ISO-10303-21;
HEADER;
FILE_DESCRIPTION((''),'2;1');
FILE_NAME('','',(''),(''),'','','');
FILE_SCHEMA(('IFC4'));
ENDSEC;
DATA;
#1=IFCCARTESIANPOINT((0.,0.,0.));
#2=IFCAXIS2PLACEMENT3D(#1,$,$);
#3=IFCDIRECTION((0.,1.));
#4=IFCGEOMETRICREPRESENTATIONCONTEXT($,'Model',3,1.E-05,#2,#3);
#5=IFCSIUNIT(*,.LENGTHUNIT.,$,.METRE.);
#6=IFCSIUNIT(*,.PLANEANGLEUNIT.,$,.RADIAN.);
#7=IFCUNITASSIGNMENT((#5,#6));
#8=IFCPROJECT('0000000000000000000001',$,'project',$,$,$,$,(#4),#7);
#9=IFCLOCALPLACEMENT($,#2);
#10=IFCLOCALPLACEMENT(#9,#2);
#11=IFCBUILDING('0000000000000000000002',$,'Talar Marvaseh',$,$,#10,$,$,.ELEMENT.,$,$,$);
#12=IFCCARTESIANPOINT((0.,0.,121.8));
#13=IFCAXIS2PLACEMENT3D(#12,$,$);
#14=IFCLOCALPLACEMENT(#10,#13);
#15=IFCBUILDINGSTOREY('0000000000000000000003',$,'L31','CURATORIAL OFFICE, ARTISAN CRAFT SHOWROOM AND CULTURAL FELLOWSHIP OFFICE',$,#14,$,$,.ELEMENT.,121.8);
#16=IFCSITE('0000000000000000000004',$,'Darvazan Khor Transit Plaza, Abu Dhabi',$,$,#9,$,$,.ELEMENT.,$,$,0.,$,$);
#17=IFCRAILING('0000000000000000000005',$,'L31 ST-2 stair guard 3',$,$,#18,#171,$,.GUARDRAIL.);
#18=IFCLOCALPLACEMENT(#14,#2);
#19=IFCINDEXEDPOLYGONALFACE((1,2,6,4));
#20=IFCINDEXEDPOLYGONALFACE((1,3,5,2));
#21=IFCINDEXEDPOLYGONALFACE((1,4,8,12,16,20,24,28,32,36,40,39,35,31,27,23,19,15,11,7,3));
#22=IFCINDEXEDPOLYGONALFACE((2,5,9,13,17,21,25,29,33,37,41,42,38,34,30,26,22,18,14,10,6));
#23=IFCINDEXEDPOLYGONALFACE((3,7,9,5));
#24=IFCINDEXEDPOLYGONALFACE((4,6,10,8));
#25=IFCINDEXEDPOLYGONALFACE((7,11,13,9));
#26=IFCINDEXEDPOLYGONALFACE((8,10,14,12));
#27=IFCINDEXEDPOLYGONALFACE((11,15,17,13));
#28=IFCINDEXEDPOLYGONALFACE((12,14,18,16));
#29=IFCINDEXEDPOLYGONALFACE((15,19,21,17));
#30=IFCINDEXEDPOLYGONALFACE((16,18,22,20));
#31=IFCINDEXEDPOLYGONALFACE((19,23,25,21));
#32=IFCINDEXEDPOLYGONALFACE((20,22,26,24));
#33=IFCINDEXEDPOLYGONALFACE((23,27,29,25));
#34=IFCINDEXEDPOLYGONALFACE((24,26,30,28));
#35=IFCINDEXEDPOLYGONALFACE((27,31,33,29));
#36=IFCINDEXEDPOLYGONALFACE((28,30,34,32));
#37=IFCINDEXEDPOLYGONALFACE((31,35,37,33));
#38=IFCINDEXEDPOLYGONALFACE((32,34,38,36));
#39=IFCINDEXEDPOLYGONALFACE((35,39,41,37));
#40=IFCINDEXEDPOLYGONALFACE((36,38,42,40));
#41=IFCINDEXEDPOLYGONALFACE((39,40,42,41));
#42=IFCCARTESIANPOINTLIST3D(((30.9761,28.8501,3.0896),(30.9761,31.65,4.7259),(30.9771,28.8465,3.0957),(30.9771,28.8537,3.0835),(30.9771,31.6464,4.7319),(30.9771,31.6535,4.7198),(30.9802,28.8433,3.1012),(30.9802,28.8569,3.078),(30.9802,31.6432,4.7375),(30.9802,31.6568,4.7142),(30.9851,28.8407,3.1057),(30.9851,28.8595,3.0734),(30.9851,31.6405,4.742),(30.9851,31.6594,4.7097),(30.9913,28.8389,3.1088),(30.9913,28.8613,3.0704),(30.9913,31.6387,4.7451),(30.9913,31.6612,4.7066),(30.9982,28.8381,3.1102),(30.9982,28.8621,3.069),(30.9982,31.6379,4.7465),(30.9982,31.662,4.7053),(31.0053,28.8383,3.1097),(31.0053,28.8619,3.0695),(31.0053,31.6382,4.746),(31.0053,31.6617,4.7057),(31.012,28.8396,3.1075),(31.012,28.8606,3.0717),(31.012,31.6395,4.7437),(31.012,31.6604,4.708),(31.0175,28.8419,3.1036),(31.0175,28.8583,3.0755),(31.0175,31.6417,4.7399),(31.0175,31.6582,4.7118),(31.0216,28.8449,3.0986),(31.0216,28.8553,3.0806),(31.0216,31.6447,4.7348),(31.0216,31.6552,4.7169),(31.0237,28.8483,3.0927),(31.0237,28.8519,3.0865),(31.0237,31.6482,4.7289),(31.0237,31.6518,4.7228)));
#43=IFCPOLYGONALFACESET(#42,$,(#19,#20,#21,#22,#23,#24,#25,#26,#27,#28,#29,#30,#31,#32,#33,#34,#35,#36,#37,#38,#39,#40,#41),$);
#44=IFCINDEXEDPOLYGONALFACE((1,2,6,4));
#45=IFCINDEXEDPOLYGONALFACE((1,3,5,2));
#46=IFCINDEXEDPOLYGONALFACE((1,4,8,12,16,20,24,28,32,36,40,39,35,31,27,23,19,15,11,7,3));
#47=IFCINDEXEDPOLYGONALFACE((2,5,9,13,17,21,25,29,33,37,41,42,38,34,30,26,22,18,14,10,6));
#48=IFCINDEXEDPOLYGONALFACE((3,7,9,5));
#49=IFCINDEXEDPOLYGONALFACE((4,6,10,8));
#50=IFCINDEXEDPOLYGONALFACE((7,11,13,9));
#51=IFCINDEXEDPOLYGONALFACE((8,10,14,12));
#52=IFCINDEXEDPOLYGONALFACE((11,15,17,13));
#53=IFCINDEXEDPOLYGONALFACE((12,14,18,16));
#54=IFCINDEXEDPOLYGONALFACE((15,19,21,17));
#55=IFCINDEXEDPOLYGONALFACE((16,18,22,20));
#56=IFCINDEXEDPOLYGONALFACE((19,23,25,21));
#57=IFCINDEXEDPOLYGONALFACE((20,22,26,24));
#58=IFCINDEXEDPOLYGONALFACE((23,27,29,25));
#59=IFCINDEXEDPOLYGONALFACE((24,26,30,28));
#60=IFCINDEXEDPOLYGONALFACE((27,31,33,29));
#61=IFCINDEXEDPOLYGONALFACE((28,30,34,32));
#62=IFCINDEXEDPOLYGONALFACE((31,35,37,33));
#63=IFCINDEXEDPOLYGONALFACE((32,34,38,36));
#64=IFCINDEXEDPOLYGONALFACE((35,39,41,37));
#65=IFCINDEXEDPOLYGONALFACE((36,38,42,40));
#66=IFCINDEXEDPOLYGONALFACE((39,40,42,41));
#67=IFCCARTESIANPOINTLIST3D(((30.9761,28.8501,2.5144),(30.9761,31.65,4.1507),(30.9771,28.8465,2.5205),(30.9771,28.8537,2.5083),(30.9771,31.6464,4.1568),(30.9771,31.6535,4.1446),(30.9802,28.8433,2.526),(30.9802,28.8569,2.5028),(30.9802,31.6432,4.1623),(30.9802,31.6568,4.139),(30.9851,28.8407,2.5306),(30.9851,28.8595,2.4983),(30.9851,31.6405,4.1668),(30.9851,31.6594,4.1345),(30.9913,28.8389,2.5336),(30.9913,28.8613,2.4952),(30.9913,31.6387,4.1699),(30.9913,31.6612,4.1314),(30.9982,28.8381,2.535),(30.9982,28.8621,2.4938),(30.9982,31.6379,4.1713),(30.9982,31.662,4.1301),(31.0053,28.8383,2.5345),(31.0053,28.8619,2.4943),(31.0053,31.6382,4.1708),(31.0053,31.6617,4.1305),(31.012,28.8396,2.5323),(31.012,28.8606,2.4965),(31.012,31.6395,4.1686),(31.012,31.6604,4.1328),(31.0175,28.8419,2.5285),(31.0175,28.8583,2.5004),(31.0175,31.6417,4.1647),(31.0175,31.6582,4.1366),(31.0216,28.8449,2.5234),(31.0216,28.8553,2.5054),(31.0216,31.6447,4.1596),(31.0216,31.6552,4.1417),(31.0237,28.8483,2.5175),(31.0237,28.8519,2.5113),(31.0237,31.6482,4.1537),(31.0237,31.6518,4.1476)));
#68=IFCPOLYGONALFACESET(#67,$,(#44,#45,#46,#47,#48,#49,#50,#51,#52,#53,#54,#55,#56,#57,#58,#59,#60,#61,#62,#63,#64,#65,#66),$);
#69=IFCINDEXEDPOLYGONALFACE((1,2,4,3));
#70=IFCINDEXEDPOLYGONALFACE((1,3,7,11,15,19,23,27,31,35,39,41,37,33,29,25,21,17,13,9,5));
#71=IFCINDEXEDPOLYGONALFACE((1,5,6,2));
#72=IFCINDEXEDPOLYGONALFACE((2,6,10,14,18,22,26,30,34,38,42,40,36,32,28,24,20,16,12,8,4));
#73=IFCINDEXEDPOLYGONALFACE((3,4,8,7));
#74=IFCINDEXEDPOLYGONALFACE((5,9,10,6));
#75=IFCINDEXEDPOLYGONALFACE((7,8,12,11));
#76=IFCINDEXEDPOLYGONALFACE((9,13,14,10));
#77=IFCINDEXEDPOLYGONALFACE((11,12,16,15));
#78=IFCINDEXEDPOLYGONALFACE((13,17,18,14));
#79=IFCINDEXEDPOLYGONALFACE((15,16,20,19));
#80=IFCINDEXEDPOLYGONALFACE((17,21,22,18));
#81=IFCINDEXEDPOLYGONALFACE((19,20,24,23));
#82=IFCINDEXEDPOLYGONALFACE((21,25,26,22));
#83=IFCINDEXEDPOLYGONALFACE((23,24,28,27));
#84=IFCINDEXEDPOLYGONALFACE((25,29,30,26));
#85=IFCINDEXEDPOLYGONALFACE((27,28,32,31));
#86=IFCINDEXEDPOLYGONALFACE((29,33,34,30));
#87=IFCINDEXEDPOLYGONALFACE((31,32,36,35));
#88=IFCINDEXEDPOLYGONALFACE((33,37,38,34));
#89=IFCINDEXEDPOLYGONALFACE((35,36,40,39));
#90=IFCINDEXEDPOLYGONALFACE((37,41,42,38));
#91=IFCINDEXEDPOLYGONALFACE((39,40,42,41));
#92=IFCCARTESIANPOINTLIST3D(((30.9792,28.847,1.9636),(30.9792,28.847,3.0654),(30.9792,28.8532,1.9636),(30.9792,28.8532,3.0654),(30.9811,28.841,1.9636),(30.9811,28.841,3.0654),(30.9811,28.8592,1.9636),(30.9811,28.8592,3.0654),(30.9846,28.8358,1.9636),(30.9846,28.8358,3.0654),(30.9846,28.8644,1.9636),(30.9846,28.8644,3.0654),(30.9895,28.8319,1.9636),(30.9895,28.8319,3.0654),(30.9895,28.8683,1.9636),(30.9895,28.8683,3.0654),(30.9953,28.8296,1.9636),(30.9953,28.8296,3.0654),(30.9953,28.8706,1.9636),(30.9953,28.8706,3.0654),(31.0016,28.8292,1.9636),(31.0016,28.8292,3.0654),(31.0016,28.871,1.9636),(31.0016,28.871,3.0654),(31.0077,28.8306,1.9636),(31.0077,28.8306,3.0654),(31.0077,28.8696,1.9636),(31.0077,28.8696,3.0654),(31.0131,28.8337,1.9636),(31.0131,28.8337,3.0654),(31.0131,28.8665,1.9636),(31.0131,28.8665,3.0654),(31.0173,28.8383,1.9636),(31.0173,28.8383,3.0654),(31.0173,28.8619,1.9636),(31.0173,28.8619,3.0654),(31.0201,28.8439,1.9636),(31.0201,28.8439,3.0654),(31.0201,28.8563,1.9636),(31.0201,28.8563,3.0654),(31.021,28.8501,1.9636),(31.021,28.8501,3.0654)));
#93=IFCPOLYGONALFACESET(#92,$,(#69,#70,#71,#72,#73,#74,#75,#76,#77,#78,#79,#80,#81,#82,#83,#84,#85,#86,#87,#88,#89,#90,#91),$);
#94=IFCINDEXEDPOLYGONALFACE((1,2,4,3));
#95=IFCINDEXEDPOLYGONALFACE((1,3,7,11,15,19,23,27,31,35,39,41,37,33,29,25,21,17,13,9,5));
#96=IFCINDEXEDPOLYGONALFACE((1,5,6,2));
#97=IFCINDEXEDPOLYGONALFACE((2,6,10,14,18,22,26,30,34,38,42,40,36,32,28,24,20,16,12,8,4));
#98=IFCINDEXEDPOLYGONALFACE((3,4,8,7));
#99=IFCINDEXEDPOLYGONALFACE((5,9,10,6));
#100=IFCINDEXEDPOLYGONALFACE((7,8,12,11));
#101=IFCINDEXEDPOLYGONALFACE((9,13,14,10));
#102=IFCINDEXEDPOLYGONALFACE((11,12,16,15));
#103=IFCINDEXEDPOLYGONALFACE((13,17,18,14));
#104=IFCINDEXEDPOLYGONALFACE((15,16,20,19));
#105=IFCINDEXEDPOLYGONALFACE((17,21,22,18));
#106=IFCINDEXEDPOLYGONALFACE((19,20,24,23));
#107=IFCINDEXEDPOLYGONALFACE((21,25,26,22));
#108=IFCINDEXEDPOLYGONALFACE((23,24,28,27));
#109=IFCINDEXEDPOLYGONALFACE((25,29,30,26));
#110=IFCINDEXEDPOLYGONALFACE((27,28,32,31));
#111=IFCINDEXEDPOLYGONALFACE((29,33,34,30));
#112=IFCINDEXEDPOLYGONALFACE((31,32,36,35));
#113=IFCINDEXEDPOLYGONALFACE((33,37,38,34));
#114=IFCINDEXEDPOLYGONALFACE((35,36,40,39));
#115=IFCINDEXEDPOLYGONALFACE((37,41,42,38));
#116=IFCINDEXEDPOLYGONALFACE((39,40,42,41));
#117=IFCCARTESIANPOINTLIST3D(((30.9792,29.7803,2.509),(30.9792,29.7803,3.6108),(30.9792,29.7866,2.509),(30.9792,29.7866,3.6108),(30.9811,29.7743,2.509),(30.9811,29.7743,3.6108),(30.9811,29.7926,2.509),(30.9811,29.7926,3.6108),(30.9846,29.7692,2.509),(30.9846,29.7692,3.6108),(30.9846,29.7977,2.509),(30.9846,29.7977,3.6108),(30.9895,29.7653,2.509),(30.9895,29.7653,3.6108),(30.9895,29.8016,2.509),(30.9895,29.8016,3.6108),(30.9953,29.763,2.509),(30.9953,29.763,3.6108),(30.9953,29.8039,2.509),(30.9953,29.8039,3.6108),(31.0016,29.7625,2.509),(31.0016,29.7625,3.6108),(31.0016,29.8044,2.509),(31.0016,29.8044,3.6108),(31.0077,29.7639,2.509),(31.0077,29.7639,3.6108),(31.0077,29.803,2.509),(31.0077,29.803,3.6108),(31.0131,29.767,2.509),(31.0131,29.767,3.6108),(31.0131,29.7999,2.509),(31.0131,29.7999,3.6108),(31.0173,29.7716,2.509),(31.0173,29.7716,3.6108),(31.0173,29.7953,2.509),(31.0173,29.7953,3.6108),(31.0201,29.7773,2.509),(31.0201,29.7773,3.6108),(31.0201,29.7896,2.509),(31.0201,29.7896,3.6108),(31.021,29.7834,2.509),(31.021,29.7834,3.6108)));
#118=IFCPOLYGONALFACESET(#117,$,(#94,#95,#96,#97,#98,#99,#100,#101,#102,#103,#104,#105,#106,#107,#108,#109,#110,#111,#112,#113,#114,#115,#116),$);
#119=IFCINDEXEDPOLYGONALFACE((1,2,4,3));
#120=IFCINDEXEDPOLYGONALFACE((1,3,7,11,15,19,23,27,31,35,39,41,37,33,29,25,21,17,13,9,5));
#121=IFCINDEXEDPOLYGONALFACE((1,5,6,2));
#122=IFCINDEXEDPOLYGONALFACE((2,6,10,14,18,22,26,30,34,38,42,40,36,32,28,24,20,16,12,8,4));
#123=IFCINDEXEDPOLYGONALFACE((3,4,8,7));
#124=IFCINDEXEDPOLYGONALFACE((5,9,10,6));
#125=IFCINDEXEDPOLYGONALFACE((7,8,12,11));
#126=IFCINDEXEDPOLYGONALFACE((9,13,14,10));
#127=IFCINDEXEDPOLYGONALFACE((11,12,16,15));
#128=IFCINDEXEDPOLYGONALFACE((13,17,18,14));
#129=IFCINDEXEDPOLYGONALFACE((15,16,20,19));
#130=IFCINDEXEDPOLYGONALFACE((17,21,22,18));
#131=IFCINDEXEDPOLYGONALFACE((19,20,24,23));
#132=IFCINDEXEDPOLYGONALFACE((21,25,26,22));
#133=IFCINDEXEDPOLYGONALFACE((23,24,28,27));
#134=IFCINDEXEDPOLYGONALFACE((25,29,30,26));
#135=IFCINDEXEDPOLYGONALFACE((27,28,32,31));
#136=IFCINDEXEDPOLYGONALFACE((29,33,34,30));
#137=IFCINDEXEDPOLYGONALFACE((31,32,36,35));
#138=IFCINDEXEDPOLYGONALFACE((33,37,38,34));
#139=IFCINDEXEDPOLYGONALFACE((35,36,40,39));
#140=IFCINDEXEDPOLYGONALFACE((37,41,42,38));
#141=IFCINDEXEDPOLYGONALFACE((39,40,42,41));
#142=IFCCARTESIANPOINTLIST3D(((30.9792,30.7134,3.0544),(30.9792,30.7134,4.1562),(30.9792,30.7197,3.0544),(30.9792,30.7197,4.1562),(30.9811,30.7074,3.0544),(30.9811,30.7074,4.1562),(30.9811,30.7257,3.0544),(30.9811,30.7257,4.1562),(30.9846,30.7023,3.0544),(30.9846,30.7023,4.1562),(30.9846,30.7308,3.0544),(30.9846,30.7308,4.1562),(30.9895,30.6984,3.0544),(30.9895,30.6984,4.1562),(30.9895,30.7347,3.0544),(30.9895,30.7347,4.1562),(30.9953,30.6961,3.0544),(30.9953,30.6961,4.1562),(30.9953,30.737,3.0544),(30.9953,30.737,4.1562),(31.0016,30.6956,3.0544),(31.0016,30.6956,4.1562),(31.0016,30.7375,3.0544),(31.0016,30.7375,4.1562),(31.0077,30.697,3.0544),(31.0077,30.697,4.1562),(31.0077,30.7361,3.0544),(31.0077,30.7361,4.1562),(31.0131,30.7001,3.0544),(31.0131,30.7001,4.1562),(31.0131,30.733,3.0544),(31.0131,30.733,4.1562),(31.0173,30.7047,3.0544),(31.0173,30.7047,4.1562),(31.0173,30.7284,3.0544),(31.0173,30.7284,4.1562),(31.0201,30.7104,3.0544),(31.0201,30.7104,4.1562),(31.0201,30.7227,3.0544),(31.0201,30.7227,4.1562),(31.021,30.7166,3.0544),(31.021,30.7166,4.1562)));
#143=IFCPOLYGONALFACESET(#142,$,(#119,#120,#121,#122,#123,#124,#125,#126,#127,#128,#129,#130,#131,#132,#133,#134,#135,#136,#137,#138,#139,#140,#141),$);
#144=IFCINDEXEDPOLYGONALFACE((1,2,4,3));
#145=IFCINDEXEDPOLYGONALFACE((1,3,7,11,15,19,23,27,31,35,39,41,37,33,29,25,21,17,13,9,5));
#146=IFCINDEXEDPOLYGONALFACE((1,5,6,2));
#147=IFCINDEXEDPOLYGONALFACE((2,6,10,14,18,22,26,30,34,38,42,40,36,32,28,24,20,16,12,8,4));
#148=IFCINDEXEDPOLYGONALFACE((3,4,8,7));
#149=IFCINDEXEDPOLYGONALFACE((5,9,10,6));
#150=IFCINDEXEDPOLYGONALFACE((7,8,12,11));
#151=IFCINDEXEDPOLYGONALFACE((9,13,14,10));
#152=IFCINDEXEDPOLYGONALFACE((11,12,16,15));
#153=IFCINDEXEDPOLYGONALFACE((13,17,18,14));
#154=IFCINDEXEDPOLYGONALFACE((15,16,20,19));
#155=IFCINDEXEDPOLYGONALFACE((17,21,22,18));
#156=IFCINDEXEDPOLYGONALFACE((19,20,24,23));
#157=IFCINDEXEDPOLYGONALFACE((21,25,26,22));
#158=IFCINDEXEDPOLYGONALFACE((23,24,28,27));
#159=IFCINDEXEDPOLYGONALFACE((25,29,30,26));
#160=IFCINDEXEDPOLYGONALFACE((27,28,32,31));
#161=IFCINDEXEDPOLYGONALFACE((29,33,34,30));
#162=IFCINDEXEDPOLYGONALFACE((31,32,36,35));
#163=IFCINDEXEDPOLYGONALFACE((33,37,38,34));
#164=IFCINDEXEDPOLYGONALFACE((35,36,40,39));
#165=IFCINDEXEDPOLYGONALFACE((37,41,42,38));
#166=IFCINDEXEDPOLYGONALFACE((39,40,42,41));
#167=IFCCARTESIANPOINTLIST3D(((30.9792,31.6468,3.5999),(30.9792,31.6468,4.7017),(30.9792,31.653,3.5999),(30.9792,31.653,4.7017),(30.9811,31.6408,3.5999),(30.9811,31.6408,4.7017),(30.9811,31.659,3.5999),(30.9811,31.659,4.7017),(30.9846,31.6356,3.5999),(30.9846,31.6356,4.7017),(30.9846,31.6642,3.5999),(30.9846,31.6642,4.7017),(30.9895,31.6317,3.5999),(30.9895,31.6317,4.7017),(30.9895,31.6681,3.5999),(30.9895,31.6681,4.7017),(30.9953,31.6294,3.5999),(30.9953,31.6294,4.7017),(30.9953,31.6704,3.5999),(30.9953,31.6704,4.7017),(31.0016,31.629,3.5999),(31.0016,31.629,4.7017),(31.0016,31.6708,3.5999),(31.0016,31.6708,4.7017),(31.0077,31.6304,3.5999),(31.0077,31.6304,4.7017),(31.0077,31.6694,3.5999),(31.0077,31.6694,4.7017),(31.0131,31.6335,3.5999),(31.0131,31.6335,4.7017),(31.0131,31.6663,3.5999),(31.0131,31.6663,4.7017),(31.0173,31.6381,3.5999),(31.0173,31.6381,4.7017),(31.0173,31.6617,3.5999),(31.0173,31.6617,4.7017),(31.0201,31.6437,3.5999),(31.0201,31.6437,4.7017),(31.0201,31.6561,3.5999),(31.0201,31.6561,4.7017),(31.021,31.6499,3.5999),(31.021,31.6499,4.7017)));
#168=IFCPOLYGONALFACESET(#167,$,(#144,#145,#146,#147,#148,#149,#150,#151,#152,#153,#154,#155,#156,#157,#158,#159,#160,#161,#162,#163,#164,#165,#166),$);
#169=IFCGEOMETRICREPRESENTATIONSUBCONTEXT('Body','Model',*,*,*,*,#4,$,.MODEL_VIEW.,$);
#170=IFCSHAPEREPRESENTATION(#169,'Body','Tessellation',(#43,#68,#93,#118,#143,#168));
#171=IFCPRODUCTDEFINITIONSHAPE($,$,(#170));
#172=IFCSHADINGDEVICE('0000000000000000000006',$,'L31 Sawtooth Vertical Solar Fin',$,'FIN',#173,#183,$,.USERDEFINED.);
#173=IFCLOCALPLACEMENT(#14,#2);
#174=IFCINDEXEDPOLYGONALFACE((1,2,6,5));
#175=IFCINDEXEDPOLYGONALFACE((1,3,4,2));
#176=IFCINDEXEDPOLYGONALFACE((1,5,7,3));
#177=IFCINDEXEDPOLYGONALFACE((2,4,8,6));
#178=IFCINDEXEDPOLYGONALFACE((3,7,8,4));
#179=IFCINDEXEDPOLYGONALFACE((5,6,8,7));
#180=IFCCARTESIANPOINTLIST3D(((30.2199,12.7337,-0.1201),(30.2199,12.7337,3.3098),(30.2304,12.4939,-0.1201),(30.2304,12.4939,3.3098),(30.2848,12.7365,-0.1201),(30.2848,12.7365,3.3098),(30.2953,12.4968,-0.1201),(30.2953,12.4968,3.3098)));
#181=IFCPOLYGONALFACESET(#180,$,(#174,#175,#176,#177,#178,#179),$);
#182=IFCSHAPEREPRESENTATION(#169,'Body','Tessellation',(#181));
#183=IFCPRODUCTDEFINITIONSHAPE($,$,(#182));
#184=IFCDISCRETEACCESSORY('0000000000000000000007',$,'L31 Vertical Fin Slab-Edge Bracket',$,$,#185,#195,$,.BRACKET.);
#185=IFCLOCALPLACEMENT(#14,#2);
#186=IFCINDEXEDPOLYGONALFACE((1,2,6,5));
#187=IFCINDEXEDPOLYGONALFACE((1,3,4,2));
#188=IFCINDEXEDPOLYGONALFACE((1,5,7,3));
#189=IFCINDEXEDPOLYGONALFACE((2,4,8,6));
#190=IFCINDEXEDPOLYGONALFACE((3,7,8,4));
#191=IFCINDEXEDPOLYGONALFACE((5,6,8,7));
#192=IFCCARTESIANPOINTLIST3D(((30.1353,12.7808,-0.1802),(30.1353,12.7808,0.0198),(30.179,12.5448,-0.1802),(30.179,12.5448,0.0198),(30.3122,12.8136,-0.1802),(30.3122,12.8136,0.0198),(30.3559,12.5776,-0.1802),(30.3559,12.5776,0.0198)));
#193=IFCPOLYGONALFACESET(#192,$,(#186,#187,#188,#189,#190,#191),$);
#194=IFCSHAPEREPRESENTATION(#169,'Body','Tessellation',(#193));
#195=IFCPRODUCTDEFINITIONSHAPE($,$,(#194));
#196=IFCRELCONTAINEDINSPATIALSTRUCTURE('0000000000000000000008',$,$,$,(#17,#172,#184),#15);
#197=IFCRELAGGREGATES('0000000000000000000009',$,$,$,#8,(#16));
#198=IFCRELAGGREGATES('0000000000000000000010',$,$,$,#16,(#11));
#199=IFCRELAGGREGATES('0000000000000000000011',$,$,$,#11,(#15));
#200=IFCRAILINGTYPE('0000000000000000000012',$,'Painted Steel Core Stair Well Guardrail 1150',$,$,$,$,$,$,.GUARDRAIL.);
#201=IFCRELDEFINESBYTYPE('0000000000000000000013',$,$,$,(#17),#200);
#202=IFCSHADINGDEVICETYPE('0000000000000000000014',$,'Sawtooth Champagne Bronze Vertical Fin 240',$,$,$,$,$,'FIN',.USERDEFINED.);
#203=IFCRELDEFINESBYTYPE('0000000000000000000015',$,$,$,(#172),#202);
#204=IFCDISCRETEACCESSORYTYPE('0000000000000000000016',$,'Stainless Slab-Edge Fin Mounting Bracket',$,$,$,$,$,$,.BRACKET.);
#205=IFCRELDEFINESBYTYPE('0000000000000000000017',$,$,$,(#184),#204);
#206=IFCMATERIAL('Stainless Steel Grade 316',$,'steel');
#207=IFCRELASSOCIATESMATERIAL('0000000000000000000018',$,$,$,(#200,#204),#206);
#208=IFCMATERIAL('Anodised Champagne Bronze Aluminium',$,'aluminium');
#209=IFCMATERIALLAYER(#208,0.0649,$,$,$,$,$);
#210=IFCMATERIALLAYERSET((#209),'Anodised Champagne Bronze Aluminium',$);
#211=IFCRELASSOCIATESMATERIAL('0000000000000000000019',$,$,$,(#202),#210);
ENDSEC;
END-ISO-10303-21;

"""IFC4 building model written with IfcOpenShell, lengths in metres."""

from ifc_helpers import new_model, si_unit, direction, frame, origin, origin_2d, place, context, subcontext, project, spatial, rectangle, circle, extrude, source, transform, mapped, material, layer, layer_set, type_object, type_shapes, element, save


model = new_model("IFC4")

# Units and contexts
model_context = context("Model", 3, precision=1e-05, world=origin(), true_north=direction((0.0, 1.0)))
body_context = subcontext(model_context, "Body", "Model", "MODEL_VIEW")
ifc_project = project(units=[si_unit("LENGTHUNIT", "METRE"), si_unit("PLANEANGLEUNIT", "RADIAN")], contexts=[model_context])

# Site, building, storey
site_placement = place(None, origin())
site = spatial("IfcSite", under=ifc_project, at=site_placement, Name="Darvazan Khor Transit Plaza, Abu Dhabi", CompositionType="ELEMENT", RefElevation=0.0)
building_placement = place(site_placement, origin())
building = spatial("IfcBuilding", under=site, at=building_placement, Name="Talar Marvaseh", CompositionType="ELEMENT")
storey_placement = place(building_placement, frame((0.0, 0.0, 121.8)))
storey = spatial("IfcBuildingStorey", under=building, at=storey_placement, Name="L31", Description="CURATORIAL OFFICE, ARTISAN CRAFT SHOWROOM AND CULTURAL FELLOWSHIP OFFICE", CompositionType="ELEMENT", Elevation=121.8)

# Railing
ifc_material_1 = material(Name="Stainless Steel Grade 316", Category="steel")
railing_type_1 = type_object("IfcRailingType", Name="Painted Steel Core Stair Well Guardrail 1150", PredefinedType="GUARDRAIL", material=ifc_material_1)
railing_1_placement = place(storey_placement, frame((31.0, 28.8501, 1.9636)))
element("IfcRailing", 1, at=railing_1_placement, inside=storey, type_object=railing_type_1, Name="L31 ST-2 stair guard 3", PredefinedType="GUARDRAIL", context=body_context, shape_type="SweptSolid", body=[
    extrude(circle(Radius=0.0239, at=origin_2d()), frame((0.0, 0.0, 1.126), z_axis=(0.0, 0.863374, 0.504564), x_axis=(-1.0, 0.0, 0.0)), (0.0, 0.0, 1.0), 3.2429),
    extrude(circle(Radius=0.0239, at=origin_2d()), frame((0.0, 0.0, 0.5508), z_axis=(0.0, 0.863374, 0.504564), x_axis=(-1.0, 0.0, 0.0)), (0.0, 0.0, 1.0), 3.2429),
    extrude(circle(Radius=0.021, at=origin_2d()), origin(), (0.0, 0.0, 1.0), 1.1018),
    extrude(circle(Radius=0.021, at=origin_2d()), frame((0.0, 0.9333, 0.5454)), (0.0, 0.0, 1.0), 1.1018),
    extrude(circle(Radius=0.021, at=origin_2d()), frame((0.0, 1.8665, 1.0908)), (0.0, 0.0, 1.0), 1.1018),
    extrude(circle(Radius=0.021, at=origin_2d()), frame((0.0, 2.7998, 1.6362)), (0.0, 0.0, 1.0), 1.1018),
])

# Shading device
ifc_material_2 = material(Name="Anodised Champagne Bronze Aluminium", Category="aluminium")
ifc_layer_1 = layer(ifc_material_2, 0.0649)
ifc_layer_set_1 = layer_set([ifc_layer_1], Name="Anodised Champagne Bronze Aluminium")
shading_device_type = type_object("IfcShadingDeviceType", Name="Sawtooth Champagne Bronze Vertical Fin 240", ElementType="FIN", PredefinedType="USERDEFINED", material=ifc_layer_set_1)
shared_shape_1 = source(origin(), body_context, "Body", "SweptSolid", [
    extrude(rectangle(XDim=0.24, YDim=0.0649, at=origin_2d()), origin(), (0.0, 0.0, 1.0), 3.4299),
])
type_shapes(shading_device_type, [shared_shape_1])
shading_device_placement = place(storey_placement, frame((30.2576, 12.6152, -0.1201), z_axis=(0.0, 0.0, 1.0), x_axis=(0.043794, -0.999041, 0.0)))
element("IfcShadingDevice", 2, at=shading_device_placement, inside=storey, type_object=shading_device_type, Name="L31 Sawtooth Vertical Solar Fin", ObjectType="FIN", PredefinedType="USERDEFINED", context=body_context, shape_type="MappedRepresentation", body=[
    mapped(shared_shape_1, transform((0.0, 0.0, 0.0), x_axis=(1.0, 0.0, 0.0), y_axis=(0.0, 1.0, 0.0), z_axis=(0.0, 0.0, 1.0), scale=1.0)),
])

# Discrete accessory
discrete_accessory_type = type_object("IfcDiscreteAccessoryType", Name="Stainless Slab-Edge Fin Mounting Bracket", PredefinedType="BRACKET", material=ifc_material_1)
shared_shape_2 = source(origin(), body_context, "Body", "SweptSolid", [
    extrude(rectangle(XDim=0.24, YDim=0.1799, at=origin_2d()), origin(), (0.0, 0.0, 1.0), 0.2),
])
type_shapes(discrete_accessory_type, [shared_shape_2])
discrete_accessory_placement = place(storey_placement, frame((30.2456, 12.6792, -0.1802), z_axis=(0.0, 0.0, 1.0), x_axis=(0.182407, -0.983223, 0.0)))
element("IfcDiscreteAccessory", 3, at=discrete_accessory_placement, inside=storey, type_object=discrete_accessory_type, Name="L31 Vertical Fin Slab-Edge Bracket", PredefinedType="BRACKET", context=body_context, shape_type="MappedRepresentation", body=[
    mapped(shared_shape_2, transform((0.0, 0.0, 0.0), x_axis=(1.0, 0.0, 0.0), y_axis=(0.0, 1.0, 0.0), z_axis=(0.0, 0.0, 1.0), scale=1.0)),
])

save(model, "model.ifc")
